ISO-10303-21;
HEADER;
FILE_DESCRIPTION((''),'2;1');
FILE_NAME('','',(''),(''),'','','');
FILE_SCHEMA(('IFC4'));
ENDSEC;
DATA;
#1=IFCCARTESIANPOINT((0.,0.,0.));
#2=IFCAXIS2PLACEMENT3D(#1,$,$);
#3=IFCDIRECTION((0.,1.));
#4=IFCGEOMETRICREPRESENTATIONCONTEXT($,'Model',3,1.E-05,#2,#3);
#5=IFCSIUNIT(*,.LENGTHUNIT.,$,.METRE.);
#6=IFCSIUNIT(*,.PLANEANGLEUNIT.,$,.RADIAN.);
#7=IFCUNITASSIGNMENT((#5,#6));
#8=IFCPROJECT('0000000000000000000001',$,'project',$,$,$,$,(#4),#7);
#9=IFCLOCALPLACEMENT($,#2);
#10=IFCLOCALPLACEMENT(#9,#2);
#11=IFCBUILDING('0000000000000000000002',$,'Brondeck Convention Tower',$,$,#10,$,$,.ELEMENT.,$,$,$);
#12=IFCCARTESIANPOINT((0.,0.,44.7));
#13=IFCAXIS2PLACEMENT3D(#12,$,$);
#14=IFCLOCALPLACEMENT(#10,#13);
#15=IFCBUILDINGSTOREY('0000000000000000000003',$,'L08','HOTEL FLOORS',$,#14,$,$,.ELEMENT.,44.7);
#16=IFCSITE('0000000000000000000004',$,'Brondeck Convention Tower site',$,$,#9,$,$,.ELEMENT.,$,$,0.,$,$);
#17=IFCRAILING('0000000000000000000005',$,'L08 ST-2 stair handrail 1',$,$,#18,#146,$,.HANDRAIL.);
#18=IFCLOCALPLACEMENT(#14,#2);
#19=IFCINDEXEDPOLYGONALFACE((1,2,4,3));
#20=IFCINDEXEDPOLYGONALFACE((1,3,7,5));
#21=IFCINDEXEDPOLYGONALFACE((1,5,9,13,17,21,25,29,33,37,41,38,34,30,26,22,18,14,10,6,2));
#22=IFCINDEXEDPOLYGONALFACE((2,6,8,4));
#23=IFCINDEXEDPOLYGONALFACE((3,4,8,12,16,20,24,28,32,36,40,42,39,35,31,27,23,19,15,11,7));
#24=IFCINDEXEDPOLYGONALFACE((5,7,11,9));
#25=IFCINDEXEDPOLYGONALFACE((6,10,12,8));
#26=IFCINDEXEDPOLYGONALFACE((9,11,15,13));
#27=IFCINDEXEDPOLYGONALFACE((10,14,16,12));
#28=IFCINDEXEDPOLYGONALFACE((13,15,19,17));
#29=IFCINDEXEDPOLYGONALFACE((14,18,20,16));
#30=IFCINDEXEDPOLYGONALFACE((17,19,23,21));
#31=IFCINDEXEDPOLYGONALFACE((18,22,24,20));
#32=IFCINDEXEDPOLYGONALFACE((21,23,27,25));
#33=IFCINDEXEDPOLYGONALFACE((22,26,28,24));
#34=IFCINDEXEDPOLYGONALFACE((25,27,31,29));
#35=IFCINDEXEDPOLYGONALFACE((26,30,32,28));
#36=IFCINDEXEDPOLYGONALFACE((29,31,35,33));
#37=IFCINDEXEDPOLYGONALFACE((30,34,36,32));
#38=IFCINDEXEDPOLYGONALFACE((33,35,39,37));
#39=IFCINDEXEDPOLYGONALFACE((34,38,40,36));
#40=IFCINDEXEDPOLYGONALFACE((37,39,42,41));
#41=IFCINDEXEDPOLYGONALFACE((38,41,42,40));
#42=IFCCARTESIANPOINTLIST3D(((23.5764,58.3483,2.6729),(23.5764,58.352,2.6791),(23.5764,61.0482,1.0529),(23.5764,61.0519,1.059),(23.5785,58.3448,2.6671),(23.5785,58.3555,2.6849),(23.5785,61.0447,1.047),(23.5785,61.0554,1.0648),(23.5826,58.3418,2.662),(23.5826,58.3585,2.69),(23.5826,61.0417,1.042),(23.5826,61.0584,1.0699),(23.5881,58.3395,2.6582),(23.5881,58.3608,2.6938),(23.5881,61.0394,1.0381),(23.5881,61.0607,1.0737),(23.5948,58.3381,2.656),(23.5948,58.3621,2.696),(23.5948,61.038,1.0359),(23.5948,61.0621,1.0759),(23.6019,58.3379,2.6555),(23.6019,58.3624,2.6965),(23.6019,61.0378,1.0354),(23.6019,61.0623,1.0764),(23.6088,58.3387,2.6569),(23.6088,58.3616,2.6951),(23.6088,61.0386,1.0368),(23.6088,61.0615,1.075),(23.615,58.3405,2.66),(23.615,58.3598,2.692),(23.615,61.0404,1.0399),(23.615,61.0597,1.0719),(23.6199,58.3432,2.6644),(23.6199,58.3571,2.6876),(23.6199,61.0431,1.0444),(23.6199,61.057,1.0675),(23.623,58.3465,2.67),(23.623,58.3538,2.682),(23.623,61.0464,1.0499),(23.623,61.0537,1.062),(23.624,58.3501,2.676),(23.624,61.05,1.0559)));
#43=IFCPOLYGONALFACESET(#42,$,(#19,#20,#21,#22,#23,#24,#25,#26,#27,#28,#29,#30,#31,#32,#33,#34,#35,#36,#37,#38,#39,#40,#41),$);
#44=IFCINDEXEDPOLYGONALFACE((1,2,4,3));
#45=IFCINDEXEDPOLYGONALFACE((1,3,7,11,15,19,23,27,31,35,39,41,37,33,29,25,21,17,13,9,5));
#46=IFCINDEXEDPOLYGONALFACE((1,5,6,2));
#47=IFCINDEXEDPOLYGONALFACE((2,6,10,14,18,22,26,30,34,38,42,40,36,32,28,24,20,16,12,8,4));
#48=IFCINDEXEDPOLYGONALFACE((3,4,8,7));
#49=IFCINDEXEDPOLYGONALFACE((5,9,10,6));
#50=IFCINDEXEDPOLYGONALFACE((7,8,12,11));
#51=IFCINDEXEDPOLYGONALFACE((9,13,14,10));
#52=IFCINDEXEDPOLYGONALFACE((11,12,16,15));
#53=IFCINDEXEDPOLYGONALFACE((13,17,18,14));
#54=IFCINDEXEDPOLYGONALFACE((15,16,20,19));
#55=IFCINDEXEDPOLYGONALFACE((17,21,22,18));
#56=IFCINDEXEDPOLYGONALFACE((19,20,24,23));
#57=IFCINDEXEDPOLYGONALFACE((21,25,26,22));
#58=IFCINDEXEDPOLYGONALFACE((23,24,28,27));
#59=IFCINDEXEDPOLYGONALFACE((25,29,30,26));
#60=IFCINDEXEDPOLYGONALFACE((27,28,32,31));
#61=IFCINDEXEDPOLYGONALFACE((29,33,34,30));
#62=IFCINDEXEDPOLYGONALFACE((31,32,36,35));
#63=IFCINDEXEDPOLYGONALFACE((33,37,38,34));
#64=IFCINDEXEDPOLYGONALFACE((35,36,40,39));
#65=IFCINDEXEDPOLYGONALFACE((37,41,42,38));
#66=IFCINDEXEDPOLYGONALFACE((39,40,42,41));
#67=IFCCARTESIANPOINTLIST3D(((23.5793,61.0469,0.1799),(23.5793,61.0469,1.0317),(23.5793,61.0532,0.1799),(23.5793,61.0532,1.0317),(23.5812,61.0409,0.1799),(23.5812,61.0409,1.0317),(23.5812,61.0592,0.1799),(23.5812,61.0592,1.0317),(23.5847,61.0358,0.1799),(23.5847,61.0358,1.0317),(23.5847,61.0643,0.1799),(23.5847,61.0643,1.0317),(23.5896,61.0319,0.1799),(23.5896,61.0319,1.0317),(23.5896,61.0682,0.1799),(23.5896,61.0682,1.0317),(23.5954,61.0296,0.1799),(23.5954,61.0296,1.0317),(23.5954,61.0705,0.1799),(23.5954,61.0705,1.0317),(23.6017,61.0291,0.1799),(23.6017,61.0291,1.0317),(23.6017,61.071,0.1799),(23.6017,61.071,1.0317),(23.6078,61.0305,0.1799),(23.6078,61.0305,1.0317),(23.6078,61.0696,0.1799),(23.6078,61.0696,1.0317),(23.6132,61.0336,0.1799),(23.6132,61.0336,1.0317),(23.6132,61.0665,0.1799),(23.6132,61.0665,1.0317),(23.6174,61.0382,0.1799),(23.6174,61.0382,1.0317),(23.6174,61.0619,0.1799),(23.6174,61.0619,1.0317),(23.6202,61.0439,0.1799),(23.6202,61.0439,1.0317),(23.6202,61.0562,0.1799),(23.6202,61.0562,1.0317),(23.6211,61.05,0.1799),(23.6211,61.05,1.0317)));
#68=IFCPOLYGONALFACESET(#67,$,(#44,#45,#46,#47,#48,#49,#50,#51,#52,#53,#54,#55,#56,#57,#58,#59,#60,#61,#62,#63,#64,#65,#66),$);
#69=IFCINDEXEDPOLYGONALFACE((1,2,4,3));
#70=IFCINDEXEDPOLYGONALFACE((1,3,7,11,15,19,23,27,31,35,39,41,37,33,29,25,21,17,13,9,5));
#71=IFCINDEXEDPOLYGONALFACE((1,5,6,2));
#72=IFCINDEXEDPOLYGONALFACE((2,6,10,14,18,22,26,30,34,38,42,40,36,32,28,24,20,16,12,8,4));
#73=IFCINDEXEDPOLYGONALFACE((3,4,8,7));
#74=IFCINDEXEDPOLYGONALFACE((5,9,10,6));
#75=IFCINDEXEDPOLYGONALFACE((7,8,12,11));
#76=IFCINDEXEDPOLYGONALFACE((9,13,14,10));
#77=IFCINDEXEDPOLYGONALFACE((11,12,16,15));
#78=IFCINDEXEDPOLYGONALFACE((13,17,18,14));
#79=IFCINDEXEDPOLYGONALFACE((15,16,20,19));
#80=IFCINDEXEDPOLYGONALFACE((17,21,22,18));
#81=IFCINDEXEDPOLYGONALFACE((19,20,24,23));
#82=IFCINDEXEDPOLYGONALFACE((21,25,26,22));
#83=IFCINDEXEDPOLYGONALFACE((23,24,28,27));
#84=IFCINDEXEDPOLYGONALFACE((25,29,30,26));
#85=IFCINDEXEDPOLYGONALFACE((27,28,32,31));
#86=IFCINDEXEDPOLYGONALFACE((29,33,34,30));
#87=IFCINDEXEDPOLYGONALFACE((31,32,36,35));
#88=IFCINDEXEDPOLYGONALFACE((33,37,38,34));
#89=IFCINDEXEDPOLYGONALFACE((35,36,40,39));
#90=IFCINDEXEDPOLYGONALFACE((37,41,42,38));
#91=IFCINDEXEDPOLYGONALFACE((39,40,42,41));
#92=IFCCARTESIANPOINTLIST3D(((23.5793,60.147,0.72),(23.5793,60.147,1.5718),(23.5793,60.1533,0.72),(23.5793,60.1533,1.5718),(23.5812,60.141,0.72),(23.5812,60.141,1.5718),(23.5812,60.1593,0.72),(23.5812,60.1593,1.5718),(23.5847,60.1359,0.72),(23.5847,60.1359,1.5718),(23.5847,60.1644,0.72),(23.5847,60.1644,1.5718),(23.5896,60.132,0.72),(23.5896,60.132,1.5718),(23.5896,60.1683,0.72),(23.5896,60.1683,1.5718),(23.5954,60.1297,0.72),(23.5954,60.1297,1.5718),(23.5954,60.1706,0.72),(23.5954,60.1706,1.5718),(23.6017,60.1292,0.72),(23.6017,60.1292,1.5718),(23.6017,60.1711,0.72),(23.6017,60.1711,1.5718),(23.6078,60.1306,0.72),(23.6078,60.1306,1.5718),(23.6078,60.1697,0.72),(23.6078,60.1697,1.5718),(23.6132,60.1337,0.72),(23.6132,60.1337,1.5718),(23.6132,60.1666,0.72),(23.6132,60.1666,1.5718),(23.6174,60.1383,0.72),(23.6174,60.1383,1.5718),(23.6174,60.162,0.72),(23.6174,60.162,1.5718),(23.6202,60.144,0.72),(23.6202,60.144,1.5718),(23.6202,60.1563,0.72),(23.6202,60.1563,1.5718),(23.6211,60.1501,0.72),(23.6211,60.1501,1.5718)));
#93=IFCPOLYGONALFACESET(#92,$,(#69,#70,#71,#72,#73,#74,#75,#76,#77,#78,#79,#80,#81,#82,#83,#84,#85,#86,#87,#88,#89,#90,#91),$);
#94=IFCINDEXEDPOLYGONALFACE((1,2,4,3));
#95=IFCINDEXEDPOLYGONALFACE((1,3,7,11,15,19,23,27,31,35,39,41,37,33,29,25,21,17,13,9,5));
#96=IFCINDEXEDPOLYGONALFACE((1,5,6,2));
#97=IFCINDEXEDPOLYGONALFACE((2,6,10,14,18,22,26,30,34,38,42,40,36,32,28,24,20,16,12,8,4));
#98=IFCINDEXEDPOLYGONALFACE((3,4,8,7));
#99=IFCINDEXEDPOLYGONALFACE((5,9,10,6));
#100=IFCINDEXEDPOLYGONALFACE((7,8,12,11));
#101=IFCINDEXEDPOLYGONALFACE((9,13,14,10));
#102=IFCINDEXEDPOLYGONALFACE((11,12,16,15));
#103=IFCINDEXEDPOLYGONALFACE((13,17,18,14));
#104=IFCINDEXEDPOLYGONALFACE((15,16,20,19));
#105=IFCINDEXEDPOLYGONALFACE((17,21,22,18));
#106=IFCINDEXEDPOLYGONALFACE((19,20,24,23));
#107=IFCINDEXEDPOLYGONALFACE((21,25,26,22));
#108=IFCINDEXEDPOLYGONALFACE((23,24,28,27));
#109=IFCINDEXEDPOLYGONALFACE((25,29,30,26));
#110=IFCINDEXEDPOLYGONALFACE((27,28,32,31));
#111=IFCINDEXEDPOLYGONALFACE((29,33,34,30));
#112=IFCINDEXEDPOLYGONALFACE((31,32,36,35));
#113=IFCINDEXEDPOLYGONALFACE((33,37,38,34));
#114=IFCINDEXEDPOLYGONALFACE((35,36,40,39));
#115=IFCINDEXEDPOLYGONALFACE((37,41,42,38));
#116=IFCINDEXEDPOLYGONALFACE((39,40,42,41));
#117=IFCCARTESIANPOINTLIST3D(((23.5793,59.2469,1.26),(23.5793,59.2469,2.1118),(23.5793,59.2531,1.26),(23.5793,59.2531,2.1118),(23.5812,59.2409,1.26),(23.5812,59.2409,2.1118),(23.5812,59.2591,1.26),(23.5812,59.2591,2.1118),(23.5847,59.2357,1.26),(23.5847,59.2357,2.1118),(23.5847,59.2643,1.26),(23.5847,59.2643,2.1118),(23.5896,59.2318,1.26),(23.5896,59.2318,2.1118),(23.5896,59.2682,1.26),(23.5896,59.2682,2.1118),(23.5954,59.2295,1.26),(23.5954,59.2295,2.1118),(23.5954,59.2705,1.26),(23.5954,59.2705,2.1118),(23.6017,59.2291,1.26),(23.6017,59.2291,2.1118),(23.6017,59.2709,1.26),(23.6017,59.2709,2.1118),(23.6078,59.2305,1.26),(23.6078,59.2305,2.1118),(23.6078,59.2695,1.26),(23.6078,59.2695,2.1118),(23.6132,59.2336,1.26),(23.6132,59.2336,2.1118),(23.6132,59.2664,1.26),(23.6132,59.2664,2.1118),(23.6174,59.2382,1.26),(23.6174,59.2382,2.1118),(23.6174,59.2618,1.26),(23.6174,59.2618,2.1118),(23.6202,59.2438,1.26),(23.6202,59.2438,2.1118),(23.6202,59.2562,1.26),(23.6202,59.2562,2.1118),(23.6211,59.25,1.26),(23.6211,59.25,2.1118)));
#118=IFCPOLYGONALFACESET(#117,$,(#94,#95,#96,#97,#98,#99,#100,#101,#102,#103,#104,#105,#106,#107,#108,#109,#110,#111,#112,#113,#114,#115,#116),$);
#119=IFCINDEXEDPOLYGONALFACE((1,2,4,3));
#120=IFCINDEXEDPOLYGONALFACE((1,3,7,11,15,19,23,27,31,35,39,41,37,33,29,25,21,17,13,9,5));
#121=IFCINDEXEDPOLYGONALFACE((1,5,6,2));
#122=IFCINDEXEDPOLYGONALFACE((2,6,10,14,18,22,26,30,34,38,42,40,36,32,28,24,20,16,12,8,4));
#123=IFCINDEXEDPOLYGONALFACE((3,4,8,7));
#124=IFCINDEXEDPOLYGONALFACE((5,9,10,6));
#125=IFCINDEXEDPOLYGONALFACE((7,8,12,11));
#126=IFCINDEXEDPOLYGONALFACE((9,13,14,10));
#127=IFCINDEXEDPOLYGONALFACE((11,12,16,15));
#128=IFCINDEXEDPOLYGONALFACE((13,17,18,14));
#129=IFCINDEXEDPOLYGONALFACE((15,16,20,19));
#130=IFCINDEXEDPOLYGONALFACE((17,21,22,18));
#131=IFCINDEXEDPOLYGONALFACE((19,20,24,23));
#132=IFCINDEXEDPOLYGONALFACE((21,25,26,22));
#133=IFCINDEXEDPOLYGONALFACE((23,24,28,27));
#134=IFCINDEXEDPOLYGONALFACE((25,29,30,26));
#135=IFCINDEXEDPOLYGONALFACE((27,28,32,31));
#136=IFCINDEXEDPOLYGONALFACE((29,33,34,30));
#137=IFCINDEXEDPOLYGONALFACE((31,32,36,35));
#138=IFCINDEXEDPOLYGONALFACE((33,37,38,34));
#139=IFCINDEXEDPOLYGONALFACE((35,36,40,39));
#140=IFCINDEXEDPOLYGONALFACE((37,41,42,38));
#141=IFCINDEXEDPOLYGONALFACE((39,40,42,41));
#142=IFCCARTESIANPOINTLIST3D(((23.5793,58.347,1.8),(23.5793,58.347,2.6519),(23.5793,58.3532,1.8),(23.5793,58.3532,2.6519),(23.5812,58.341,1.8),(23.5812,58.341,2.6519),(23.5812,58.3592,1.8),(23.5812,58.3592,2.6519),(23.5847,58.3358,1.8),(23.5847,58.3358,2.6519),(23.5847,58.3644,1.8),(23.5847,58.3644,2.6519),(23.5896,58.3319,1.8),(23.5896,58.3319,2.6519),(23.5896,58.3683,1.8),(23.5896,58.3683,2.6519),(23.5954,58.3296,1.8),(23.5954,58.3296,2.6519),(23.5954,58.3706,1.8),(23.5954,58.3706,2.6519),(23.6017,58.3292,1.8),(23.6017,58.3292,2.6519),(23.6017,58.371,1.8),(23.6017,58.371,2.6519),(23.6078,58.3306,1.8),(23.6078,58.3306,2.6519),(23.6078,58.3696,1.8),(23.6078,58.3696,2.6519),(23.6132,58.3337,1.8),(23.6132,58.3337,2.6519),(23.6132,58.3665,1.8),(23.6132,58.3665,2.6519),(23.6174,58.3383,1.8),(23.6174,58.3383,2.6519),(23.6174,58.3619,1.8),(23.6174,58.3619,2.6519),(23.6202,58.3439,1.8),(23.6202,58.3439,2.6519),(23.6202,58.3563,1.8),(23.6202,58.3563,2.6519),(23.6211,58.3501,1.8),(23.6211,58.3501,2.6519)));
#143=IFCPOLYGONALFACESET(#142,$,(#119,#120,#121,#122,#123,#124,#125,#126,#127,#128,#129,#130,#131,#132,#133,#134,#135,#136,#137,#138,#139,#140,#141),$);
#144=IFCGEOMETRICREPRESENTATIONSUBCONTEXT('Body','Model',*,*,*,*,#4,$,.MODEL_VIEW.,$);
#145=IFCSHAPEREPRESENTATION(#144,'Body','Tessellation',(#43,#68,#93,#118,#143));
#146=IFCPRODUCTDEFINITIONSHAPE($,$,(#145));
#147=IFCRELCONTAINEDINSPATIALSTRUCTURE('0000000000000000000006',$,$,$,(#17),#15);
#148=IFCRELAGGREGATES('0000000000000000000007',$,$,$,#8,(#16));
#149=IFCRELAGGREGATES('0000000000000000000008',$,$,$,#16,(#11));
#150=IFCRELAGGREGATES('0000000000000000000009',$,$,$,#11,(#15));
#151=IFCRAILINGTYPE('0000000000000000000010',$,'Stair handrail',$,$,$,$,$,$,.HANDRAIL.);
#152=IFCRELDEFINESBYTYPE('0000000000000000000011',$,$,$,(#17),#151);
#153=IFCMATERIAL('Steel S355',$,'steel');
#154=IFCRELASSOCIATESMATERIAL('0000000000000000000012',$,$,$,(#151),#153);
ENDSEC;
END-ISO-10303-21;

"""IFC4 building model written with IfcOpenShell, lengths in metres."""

from ifc_helpers import new_model, si_unit, direction, frame, origin, origin_2d, place, context, subcontext, project, spatial, circle, extrude, material, type_object, element, save


model = new_model("IFC4")

# Units and contexts
model_context = context("Model", 3, precision=1e-05, world=origin(), true_north=direction((0.0, 1.0)))
body_context = subcontext(model_context, "Body", "Model", "MODEL_VIEW")
ifc_project = project(units=[si_unit("LENGTHUNIT", "METRE"), si_unit("PLANEANGLEUNIT", "RADIAN")], contexts=[model_context])

# Site, building, storey
site_placement = place(None, origin())
site = spatial("IfcSite", under=ifc_project, at=site_placement, Name="Brondeck Convention Tower site", CompositionType="ELEMENT", RefElevation=0.0)
building_placement = place(site_placement, origin())
building = spatial("IfcBuilding", under=site, at=building_placement, Name="Brondeck Convention Tower", CompositionType="ELEMENT")
storey_placement = place(building_placement, frame((0.0, 0.0, 44.7)))
storey = spatial("IfcBuildingStorey", under=building, at=storey_placement, Name="L08", Description="HOTEL FLOORS", CompositionType="ELEMENT", Elevation=44.7)

# Railing
ifc_material_1 = material(Name="Steel S355", Category="steel")
railing_type_1 = type_object("IfcRailingType", Name="Stair handrail", PredefinedType="HANDRAIL", material=ifc_material_1)
railing_1_placement = place(storey_placement, frame((23.6001, 61.05, 0.1799)))
element("IfcRailing", 1, at=railing_1_placement, inside=storey, type_object=railing_type_1, Name="L08 ST-2 stair handrail 1", PredefinedType="HANDRAIL", context=body_context, shape_type="SweptSolid", body=[
    extrude(circle(Radius=0.0239, at=origin_2d()), frame((0.0, 0.0, 0.876), z_axis=(0.0, -0.857472, 0.51453), x_axis=(1.0, 0.0, 0.0)), (0.0, 0.0, 1.0), 3.1487),
    extrude(circle(Radius=0.021, at=origin_2d()), origin(), (0.0, 0.0, 1.0), 0.8518),
    extrude(circle(Radius=0.021, at=origin_2d()), frame((0.0, -0.8999, 0.54)), (0.0, 0.0, 1.0), 0.8518),
    extrude(circle(Radius=0.021, at=origin_2d()), frame((0.0, -1.8, 1.0801)), (0.0, 0.0, 1.0), 0.8518),
    extrude(circle(Radius=0.021, at=origin_2d()), frame((0.0, -2.7, 1.6201)), (0.0, 0.0, 1.0), 0.8518),
])

save(model, "model.ifc")
